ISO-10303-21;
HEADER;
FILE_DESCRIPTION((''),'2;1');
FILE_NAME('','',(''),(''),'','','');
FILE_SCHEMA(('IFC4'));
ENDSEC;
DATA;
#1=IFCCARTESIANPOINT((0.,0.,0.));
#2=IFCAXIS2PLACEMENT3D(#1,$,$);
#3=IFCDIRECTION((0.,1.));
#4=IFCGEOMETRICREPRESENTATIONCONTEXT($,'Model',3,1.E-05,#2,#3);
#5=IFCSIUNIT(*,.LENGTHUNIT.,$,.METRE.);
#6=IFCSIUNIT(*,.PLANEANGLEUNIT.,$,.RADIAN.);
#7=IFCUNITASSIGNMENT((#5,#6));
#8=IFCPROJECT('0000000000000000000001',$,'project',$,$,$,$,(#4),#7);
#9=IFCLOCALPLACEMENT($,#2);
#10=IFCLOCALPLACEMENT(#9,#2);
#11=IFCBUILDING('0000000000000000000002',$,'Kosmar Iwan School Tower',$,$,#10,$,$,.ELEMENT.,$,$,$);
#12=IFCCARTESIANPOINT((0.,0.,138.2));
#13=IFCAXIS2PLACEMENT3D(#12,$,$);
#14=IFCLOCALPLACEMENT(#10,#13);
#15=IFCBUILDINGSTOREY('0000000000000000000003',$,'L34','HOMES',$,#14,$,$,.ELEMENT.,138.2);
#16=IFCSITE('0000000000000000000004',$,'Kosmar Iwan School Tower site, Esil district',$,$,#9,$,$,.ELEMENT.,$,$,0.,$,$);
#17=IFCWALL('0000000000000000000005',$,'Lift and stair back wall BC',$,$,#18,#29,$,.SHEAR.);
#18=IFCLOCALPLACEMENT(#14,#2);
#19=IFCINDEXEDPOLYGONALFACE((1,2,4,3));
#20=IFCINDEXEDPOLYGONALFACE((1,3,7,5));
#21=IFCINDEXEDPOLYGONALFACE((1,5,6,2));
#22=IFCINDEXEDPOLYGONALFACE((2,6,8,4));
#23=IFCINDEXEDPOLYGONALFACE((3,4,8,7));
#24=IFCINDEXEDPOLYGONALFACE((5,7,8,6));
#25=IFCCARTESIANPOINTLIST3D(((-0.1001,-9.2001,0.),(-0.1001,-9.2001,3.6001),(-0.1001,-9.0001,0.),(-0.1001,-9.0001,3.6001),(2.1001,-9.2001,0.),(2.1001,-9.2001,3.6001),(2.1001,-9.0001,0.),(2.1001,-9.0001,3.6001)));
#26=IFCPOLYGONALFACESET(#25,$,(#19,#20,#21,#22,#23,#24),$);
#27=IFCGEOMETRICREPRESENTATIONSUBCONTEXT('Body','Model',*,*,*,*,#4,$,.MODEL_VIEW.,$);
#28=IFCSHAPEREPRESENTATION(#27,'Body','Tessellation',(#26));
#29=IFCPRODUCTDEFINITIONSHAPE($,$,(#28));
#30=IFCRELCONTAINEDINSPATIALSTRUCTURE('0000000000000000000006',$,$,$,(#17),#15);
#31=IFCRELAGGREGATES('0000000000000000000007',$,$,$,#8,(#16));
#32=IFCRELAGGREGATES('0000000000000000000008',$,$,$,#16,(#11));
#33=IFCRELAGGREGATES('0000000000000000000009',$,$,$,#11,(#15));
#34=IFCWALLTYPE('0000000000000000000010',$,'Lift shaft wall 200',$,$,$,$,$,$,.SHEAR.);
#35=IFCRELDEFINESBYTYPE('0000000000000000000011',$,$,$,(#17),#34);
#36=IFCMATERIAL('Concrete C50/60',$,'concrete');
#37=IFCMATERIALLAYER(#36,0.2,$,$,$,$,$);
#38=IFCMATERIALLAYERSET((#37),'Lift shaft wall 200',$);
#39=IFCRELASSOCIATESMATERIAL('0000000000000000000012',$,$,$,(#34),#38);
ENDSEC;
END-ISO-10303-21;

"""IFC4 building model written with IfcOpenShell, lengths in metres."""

from ifc_helpers import new_model, si_unit, direction, frame, frame_2d, origin, place, context, subcontext, project, spatial, rectangle, extrude, material, layer, layer_set, type_object, element, save


model = new_model("IFC4")

# Units and contexts
model_context = context("Model", 3, precision=1e-05, world=origin(), true_north=direction((0.0, 1.0)))
body_context = subcontext(model_context, "Body", "Model", "MODEL_VIEW")
ifc_project = project(units=[si_unit("LENGTHUNIT", "METRE"), si_unit("PLANEANGLEUNIT", "RADIAN")], contexts=[model_context])

# Site, building, storey
site_placement = place(None, origin())
site = spatial("IfcSite", under=ifc_project, at=site_placement, Name="Kosmar Iwan School Tower site, Esil district", CompositionType="ELEMENT", RefElevation=0.0)
building_placement = place(site_placement, origin())
building = spatial("IfcBuilding", under=site, at=building_placement, Name="Kosmar Iwan School Tower", CompositionType="ELEMENT")
storey_placement = place(building_placement, frame((0.0, 0.0, 138.2)))
storey = spatial("IfcBuildingStorey", under=building, at=storey_placement, Name="L34", Description="HOMES", CompositionType="ELEMENT", Elevation=138.2)

# Wall
ifc_material_1 = material(Name="Concrete C50/60", Category="concrete")
ifc_layer_1 = layer(ifc_material_1, 0.2)
ifc_layer_set_1 = layer_set([ifc_layer_1], Name="Lift shaft wall 200")
wall_type_1 = type_object("IfcWallType", Name="Lift shaft wall 200", PredefinedType="SHEAR", material=ifc_layer_set_1)
wall_1_placement = place(storey_placement, frame((-0.1001, -9.1001, 0.0), z_axis=(0.0, 0.0, 1.0), x_axis=(1.0, 0.0, 0.0)))
element("IfcWall", 1, at=wall_1_placement, inside=storey, type_object=wall_type_1, Name="Lift and stair back wall BC", PredefinedType="SHEAR", context=body_context, shape_type="SweptSolid", body=[
    extrude(rectangle(XDim=2.2002, YDim=0.2, at=frame_2d((1.1001, 0.0))), origin(), (0.0, 0.0, 1.0), 3.6001),
])

save(model, "model.ifc")
